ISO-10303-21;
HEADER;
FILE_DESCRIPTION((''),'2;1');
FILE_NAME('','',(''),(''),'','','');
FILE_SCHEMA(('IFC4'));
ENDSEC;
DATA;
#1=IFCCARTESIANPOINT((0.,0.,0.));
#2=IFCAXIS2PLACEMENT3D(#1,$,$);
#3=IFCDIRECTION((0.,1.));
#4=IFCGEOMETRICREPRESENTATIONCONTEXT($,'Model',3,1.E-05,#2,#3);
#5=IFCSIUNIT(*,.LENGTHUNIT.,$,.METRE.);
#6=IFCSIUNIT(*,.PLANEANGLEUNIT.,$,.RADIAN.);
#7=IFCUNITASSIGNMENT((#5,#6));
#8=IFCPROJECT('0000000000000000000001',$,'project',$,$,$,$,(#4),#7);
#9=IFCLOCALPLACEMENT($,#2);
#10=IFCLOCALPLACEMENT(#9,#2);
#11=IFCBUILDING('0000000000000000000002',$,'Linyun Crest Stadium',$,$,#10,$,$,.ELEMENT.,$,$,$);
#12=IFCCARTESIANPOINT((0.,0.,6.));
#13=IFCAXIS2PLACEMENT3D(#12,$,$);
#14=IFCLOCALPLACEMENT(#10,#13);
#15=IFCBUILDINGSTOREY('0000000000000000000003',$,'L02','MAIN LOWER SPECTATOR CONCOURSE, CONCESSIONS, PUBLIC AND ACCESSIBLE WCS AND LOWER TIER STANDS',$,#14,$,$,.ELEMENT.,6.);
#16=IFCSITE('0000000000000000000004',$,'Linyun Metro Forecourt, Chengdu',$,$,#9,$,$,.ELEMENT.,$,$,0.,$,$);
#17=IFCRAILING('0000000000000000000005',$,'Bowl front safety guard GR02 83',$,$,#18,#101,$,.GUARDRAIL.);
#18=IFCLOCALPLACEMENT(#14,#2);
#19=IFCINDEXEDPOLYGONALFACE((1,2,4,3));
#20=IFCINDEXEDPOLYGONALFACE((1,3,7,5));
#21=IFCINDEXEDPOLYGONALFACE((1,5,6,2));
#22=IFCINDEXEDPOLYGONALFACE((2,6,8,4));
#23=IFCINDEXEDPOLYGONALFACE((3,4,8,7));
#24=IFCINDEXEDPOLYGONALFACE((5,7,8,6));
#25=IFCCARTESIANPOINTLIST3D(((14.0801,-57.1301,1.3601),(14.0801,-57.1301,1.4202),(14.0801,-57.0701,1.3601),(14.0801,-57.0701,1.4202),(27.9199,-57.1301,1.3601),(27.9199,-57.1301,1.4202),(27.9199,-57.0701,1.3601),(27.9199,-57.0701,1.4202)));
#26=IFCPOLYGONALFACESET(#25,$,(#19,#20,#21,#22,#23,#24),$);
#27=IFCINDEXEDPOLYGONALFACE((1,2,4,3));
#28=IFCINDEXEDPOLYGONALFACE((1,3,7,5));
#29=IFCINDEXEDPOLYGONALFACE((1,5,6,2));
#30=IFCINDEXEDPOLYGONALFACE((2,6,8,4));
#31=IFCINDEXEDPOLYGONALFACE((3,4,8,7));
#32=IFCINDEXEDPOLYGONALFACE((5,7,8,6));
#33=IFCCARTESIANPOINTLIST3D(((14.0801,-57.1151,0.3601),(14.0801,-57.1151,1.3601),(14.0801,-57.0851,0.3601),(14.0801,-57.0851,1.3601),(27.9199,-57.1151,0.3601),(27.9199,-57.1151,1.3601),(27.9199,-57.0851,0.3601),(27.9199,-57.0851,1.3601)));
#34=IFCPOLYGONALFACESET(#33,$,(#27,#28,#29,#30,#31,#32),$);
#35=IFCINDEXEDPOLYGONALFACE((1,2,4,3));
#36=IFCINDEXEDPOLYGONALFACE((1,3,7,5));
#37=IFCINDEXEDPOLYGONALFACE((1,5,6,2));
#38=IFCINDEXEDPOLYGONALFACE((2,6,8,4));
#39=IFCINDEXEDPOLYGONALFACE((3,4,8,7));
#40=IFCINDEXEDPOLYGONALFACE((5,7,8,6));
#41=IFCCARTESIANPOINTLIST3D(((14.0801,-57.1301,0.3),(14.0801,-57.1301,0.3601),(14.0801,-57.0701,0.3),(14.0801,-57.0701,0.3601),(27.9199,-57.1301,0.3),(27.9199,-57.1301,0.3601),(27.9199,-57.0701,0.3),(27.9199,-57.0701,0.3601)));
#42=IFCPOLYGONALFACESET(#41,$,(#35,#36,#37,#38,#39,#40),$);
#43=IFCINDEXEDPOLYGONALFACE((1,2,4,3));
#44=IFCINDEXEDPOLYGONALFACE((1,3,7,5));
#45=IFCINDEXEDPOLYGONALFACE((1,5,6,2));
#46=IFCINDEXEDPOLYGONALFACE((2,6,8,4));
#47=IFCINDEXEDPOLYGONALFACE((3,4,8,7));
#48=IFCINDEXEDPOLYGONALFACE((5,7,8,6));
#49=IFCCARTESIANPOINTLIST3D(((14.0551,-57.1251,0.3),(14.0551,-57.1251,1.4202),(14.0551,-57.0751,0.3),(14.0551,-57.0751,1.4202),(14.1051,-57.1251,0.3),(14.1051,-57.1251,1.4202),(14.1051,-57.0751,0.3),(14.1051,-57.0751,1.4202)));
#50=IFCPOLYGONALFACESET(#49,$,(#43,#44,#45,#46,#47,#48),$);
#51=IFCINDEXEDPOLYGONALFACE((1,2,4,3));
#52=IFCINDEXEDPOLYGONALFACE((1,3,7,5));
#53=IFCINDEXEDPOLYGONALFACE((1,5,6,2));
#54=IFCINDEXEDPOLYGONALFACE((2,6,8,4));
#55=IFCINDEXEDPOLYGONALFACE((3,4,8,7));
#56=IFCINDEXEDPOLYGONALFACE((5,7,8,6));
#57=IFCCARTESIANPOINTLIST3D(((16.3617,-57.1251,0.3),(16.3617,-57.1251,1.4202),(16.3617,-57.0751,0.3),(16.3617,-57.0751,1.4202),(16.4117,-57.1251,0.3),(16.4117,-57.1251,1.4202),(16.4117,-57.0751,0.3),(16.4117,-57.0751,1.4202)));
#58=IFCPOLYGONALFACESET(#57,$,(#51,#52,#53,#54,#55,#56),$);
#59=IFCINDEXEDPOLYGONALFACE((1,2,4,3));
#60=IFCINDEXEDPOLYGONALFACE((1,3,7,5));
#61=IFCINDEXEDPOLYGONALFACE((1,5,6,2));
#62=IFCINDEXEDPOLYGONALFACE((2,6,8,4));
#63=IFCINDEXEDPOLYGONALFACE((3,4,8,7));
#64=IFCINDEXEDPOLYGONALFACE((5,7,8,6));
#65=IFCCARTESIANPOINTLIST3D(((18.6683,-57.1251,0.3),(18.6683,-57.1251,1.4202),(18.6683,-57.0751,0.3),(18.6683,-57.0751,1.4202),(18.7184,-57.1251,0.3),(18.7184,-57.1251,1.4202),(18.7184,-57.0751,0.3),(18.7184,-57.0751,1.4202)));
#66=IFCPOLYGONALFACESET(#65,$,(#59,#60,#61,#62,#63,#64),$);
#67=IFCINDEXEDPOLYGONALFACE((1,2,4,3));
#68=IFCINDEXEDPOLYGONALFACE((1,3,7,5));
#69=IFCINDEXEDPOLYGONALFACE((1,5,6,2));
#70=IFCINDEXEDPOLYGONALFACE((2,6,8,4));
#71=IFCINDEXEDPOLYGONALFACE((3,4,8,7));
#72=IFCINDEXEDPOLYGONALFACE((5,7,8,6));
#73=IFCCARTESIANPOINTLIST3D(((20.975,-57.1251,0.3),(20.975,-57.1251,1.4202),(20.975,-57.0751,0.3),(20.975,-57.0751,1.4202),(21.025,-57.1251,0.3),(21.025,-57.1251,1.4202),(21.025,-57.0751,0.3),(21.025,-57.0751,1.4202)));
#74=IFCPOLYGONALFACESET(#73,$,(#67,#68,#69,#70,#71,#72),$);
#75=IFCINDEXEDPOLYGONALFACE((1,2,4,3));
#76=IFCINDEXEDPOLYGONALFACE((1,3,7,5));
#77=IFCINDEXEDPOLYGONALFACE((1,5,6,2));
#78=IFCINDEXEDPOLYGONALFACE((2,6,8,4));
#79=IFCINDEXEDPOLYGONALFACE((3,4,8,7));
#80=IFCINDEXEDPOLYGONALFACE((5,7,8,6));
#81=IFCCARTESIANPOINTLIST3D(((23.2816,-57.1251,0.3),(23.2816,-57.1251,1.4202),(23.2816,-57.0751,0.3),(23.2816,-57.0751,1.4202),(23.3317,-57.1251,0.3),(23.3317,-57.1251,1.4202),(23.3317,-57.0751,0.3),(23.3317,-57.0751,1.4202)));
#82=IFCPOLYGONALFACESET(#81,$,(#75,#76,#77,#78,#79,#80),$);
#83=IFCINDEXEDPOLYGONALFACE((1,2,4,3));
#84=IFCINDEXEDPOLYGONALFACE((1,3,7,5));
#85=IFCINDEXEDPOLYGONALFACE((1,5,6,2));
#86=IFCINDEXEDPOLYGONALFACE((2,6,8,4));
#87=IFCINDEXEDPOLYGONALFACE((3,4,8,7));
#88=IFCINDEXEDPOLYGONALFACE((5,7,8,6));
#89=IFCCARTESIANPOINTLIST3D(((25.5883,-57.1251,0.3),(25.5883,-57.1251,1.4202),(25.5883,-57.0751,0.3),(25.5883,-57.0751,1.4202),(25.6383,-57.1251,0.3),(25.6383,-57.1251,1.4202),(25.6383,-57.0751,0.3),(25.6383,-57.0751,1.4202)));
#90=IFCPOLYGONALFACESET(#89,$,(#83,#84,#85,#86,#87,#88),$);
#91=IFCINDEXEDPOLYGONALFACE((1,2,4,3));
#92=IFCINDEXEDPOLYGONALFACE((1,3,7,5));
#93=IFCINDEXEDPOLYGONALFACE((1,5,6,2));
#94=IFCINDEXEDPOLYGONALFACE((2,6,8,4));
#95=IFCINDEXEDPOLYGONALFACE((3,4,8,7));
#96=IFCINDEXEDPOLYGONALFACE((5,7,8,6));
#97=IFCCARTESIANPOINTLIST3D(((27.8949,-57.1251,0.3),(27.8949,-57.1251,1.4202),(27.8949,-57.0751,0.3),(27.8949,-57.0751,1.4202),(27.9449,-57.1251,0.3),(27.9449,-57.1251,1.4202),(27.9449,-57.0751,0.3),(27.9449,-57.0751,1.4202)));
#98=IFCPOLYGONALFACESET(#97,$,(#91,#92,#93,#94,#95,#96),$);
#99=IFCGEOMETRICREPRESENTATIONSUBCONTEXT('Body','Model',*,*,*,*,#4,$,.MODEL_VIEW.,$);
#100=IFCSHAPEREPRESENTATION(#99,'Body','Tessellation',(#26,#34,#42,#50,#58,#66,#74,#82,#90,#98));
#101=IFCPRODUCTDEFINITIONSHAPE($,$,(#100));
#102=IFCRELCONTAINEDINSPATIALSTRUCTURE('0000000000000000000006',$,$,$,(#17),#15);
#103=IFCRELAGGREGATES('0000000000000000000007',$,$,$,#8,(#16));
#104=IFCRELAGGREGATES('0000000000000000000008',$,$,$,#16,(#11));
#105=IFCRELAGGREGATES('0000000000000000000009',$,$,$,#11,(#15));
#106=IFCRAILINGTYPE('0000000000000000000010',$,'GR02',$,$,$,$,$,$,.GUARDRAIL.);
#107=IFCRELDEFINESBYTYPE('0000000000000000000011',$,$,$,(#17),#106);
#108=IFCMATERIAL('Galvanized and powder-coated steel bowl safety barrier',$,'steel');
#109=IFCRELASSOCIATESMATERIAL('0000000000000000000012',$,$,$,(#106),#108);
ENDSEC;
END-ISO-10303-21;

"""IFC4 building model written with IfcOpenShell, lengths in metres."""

from ifc_helpers import new_model, si_unit, direction, frame, origin, origin_2d, place, context, subcontext, project, spatial, rectangle, extrude, material, type_object, element, save


model = new_model("IFC4")

# Units and contexts
model_context = context("Model", 3, precision=1e-05, world=origin(), true_north=direction((0.0, 1.0)))
body_context = subcontext(model_context, "Body", "Model", "MODEL_VIEW")
ifc_project = project(units=[si_unit("LENGTHUNIT", "METRE"), si_unit("PLANEANGLEUNIT", "RADIAN")], contexts=[model_context])

# Site, building, storey
site_placement = place(None, origin())
site = spatial("IfcSite", under=ifc_project, at=site_placement, Name="Linyun Metro Forecourt, Chengdu", CompositionType="ELEMENT", RefElevation=0.0)
building_placement = place(site_placement, origin())
building = spatial("IfcBuilding", under=site, at=building_placement, Name="Linyun Crest Stadium", CompositionType="ELEMENT")
storey_placement = place(building_placement, frame((0.0, 0.0, 6.0)))
storey = spatial("IfcBuildingStorey", under=building, at=storey_placement, Name="L02", Description="MAIN LOWER SPECTATOR CONCOURSE, CONCESSIONS, PUBLIC AND ACCESSIBLE WCS AND LOWER TIER STANDS", CompositionType="ELEMENT", Elevation=6.0)

# Railing
ifc_material_1 = material(Name="Galvanized and powder-coated steel bowl safety barrier", Category="steel")
railing_type = type_object("IfcRailingType", Name="GR02", PredefinedType="GUARDRAIL", material=ifc_material_1)
for number, where, name in (
    (1, (14.0801, -57.1001, 0.3), "Bowl front safety guard GR02 83"),
):
    element("IfcRailing", number, at=place(storey_placement, frame(where)), inside=storey, type_object=railing_type, Name=name, PredefinedType="GUARDRAIL", context=body_context, shape_type="SweptSolid", body=[
        extrude(rectangle(XDim=0.0601, YDim=0.0601, at=origin_2d()), frame((0.0, 0.0, 1.0901), z_axis=(1.0, 0.0, 0.0), x_axis=(0.0, 1.0, 0.0)), (0.0, 0.0, 1.0), 13.8398),
        extrude(rectangle(XDim=0.03, YDim=1.0, at=origin_2d()), frame((0.0, 0.0, 0.5601), z_axis=(1.0, 0.0, 0.0), x_axis=(0.0, 1.0, 0.0)), (0.0, 0.0, 1.0), 13.8398),
        extrude(rectangle(XDim=0.0601, YDim=0.0601, at=origin_2d()), frame((0.0, 0.0, 0.03), z_axis=(1.0, 0.0, 0.0), x_axis=(0.0, 1.0, 0.0)), (0.0, 0.0, 1.0), 13.8398),
        extrude(rectangle(XDim=0.05, YDim=0.05, at=origin_2d()), origin(), (0.0, 0.0, 1.0), 1.1201),
        extrude(rectangle(XDim=0.05, YDim=0.05, at=origin_2d()), frame((2.3066, 0.0, 0.0)), (0.0, 0.0, 1.0), 1.1201),
        extrude(rectangle(XDim=0.05, YDim=0.05, at=origin_2d()), frame((4.6133, 0.0, 0.0)), (0.0, 0.0, 1.0), 1.1201),
        extrude(rectangle(XDim=0.05, YDim=0.05, at=origin_2d()), frame((6.9199, 0.0, 0.0)), (0.0, 0.0, 1.0), 1.1201),
        extrude(rectangle(XDim=0.05, YDim=0.05, at=origin_2d()), frame((9.2266, 0.0, 0.0)), (0.0, 0.0, 1.0), 1.1201),
        extrude(rectangle(XDim=0.05, YDim=0.05, at=origin_2d()), frame((11.5332, 0.0, 0.0)), (0.0, 0.0, 1.0), 1.1201),
        extrude(rectangle(XDim=0.05, YDim=0.05, at=origin_2d()), frame((13.8398, 0.0, 0.0)), (0.0, 0.0, 1.0), 1.1201),
    ])

save(model, "model.ifc")
